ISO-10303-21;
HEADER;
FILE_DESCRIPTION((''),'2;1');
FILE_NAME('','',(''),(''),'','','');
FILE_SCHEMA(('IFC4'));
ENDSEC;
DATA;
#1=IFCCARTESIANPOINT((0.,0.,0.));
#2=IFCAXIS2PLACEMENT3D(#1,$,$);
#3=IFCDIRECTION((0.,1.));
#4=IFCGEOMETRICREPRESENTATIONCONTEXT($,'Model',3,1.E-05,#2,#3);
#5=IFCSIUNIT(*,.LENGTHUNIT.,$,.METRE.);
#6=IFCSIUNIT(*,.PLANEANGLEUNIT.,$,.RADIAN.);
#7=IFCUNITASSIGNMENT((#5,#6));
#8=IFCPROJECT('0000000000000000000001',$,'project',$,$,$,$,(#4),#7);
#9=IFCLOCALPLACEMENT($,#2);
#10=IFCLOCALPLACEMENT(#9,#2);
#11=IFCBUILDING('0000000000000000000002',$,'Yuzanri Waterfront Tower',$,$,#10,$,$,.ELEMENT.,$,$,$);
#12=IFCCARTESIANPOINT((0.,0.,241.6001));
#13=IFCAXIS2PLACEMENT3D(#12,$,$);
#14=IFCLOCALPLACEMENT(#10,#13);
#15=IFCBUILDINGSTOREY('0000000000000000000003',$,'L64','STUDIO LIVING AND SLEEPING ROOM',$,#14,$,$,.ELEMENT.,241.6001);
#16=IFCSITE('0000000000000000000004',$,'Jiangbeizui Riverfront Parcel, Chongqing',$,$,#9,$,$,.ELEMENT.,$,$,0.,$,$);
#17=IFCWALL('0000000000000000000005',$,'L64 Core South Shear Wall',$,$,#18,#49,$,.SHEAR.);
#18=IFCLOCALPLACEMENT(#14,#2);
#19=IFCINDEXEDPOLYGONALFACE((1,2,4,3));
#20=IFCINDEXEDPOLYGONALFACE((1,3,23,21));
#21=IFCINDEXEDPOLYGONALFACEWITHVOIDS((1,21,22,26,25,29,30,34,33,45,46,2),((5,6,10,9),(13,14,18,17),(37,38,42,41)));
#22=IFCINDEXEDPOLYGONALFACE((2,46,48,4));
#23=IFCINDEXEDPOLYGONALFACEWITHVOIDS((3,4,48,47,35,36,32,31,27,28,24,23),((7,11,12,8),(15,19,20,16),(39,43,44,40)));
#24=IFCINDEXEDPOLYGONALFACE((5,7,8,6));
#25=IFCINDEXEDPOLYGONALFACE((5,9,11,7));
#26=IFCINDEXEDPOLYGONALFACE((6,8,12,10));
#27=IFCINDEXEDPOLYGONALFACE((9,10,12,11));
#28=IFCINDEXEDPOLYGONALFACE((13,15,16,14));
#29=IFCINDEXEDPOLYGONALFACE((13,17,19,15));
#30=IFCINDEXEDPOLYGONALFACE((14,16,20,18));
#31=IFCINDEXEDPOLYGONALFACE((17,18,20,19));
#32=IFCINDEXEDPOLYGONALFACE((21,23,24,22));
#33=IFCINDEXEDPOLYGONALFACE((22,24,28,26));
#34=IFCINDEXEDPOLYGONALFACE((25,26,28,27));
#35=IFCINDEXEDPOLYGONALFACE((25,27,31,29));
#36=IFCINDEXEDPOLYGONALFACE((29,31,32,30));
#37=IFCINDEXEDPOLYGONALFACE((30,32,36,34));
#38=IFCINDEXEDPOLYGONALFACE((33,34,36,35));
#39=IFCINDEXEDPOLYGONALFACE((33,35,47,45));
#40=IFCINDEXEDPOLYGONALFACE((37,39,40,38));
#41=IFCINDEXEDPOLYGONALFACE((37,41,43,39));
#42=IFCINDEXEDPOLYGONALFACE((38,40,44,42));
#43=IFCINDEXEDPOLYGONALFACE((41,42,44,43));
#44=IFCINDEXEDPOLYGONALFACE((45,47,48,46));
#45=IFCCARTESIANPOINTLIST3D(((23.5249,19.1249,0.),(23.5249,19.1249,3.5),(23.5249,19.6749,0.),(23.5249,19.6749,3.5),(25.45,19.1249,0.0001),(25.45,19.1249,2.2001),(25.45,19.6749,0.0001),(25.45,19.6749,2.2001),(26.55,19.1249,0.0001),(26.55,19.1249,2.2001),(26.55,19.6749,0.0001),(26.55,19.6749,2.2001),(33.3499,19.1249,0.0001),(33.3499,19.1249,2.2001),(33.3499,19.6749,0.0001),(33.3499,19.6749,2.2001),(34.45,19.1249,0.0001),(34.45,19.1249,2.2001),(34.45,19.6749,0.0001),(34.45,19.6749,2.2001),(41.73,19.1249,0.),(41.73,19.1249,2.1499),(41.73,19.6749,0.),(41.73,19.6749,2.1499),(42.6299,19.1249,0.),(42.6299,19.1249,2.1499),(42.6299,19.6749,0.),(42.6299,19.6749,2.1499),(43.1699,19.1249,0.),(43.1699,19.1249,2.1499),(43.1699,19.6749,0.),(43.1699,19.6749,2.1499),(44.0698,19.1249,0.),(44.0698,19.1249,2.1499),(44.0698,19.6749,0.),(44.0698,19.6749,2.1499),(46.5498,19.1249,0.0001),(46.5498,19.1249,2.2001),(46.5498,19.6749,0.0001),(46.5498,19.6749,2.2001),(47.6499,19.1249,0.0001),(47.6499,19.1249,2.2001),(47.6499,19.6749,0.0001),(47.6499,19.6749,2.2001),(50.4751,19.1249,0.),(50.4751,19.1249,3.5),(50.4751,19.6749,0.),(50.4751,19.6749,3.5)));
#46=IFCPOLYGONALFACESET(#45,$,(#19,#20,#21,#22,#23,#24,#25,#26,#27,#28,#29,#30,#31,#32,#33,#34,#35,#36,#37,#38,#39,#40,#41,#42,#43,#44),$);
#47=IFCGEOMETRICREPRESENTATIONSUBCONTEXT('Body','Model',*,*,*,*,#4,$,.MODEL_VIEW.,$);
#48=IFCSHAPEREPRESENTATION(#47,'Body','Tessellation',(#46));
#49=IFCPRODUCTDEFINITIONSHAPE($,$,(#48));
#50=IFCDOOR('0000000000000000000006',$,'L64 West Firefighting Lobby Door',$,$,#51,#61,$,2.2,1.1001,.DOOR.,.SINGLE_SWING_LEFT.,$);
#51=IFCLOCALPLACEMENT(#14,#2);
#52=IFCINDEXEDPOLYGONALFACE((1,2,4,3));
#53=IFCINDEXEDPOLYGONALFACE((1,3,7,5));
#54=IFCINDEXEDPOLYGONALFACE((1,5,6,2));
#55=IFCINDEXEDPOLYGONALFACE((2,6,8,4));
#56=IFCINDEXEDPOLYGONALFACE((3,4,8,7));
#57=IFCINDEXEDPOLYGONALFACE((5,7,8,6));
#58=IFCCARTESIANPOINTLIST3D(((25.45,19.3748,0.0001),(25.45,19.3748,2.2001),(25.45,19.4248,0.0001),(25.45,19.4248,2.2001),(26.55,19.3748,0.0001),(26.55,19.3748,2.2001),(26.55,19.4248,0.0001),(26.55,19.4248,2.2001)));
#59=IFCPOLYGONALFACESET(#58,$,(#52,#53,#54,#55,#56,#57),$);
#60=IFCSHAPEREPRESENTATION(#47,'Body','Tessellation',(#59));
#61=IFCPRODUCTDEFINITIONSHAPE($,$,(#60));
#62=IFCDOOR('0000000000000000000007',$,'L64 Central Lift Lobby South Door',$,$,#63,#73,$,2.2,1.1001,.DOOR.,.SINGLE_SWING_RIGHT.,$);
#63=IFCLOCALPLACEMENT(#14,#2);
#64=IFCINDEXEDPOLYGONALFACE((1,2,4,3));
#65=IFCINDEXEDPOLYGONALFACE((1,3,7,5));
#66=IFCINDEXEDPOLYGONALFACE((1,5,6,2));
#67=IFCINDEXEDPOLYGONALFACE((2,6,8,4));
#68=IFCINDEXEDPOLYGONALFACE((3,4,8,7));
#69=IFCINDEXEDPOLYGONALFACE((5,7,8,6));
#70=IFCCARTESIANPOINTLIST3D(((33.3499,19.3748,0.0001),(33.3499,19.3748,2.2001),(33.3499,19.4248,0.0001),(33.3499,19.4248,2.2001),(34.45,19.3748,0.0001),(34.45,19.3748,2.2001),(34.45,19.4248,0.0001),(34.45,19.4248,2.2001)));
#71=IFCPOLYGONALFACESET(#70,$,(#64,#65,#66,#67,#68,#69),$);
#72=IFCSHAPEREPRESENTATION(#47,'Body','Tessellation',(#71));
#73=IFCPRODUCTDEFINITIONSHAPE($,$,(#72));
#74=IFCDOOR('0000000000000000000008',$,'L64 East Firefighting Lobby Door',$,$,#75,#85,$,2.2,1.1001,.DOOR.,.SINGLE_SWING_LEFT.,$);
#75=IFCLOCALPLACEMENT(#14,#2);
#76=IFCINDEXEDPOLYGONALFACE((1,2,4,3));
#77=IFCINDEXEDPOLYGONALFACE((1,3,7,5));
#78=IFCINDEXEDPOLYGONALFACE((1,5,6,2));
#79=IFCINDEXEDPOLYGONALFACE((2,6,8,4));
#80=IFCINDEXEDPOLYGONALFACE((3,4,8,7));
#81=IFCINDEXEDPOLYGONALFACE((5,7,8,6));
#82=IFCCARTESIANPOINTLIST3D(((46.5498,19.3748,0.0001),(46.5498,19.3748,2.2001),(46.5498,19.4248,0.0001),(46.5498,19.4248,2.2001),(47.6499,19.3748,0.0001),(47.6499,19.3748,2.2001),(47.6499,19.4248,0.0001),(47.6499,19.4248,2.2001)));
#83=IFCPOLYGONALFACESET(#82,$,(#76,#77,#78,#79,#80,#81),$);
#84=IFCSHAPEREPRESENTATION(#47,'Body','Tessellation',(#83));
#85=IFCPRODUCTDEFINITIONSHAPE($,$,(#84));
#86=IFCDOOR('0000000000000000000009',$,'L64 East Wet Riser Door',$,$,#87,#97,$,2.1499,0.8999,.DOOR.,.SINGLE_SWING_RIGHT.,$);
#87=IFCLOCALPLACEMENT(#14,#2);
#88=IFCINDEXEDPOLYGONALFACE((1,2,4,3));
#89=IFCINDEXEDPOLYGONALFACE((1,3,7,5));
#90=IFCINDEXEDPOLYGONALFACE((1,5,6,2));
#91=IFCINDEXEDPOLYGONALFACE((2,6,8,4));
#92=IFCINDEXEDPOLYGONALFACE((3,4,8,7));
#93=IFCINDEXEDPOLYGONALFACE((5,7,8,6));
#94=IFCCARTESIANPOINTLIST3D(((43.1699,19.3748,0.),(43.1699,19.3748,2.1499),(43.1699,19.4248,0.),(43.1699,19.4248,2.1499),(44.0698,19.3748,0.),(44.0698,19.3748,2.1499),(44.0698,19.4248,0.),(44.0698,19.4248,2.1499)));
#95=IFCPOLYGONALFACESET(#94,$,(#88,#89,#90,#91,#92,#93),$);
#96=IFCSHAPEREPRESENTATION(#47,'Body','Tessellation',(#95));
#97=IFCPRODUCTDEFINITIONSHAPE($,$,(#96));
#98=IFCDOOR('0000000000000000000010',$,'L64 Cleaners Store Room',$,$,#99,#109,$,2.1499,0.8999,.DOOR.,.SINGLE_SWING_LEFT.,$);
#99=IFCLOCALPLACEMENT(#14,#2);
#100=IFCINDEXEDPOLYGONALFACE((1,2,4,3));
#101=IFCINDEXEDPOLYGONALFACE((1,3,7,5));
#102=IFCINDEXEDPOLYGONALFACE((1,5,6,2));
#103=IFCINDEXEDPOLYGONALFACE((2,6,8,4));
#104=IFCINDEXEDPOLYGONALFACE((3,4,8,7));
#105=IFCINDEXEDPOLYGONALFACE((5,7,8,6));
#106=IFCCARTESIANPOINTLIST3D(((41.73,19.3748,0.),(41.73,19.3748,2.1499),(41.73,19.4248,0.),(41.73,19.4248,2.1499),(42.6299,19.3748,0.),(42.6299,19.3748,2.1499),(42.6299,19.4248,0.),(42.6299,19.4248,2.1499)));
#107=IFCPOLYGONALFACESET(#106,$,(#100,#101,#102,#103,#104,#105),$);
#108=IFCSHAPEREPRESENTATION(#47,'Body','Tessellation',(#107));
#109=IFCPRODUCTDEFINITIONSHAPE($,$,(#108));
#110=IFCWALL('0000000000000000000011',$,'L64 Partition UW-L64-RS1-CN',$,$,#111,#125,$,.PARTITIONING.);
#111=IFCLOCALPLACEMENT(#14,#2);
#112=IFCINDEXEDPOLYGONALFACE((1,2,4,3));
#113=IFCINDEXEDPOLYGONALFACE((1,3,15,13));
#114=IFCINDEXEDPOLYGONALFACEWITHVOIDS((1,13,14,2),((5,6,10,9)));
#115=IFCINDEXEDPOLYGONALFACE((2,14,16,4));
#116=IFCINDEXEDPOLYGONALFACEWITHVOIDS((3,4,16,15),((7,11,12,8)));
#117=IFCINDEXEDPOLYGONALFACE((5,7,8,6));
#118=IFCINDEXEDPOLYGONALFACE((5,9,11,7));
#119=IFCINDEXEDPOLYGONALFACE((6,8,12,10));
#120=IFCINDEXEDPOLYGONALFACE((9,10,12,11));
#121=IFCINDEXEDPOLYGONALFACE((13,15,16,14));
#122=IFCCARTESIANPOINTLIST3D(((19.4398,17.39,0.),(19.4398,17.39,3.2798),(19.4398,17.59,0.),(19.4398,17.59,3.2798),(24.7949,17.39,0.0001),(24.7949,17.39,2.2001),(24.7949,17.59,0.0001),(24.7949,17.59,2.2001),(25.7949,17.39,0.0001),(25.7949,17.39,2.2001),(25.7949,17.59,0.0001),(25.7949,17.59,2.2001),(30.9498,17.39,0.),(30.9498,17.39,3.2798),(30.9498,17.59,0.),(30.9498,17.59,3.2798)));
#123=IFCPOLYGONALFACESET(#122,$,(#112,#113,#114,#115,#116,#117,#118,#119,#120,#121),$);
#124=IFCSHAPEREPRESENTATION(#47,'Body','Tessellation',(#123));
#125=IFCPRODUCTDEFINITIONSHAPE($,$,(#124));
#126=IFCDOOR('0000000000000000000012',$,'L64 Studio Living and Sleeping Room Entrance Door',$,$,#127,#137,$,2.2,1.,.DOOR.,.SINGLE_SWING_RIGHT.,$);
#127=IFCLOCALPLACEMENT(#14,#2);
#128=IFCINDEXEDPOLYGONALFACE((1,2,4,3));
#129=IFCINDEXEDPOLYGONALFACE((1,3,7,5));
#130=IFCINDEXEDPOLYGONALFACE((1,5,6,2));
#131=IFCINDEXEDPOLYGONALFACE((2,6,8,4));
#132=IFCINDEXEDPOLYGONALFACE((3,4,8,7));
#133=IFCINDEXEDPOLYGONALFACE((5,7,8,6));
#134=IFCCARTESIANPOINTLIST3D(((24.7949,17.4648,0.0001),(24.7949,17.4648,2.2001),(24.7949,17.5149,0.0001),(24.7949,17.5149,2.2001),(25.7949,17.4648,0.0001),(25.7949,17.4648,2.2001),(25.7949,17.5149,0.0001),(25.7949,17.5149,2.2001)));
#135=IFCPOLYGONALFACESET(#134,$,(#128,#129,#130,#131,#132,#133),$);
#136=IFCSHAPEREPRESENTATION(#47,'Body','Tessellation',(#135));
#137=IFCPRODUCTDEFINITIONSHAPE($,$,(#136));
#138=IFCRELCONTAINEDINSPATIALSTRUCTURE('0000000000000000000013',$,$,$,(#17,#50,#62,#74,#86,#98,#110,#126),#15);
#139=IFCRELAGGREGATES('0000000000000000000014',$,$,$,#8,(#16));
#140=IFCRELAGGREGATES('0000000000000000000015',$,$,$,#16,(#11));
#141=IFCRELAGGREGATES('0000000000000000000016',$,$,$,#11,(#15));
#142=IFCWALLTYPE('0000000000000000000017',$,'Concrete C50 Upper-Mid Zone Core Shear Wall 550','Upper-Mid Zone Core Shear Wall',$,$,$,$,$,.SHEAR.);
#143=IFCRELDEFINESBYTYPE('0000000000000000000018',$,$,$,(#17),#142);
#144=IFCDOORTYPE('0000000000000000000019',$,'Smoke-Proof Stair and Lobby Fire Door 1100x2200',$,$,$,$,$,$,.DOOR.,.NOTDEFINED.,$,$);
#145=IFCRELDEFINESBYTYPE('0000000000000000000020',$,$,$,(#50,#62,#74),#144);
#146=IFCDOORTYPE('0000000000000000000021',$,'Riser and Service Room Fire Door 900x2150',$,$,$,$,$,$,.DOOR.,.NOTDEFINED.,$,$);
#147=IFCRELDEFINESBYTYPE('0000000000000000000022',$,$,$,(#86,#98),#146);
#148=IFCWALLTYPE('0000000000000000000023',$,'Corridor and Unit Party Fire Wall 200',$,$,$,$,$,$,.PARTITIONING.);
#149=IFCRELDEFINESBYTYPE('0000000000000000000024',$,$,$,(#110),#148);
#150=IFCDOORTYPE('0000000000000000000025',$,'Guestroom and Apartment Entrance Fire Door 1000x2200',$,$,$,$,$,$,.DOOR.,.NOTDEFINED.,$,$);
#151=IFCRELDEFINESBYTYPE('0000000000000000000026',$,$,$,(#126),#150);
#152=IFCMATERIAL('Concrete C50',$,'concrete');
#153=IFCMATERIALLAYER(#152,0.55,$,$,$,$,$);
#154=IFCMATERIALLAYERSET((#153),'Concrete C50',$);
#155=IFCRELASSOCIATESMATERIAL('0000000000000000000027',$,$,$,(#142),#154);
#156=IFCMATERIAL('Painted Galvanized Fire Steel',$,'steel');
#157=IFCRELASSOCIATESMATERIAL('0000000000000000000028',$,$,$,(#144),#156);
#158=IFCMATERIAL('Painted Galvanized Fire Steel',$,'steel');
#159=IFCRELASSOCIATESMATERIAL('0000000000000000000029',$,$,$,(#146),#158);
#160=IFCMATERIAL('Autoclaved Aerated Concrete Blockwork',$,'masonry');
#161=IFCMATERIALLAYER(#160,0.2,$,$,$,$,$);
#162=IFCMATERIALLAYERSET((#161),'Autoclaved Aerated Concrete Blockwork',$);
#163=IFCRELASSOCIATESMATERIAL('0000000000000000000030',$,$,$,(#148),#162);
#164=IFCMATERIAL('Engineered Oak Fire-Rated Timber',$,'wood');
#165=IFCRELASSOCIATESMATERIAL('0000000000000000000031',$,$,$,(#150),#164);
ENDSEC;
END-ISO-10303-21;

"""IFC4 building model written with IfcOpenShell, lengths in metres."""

from ifc_helpers import new_model, si_unit, direction, frame, frame_2d, origin, place, context, subcontext, project, spatial, rectangle, extrude, source, transform, mapped, material, layer, layer_set, type_object, element, fill, save


model = new_model("IFC4")

# Units and contexts
model_context = context("Model", 3, precision=1e-05, world=origin(), true_north=direction((0.0, 1.0)))
body_context = subcontext(model_context, "Body", "Model", "MODEL_VIEW")
ifc_project = project(units=[si_unit("LENGTHUNIT", "METRE"), si_unit("PLANEANGLEUNIT", "RADIAN")], contexts=[model_context])

# Site, building, storey
site_placement = place(None, origin())
site = spatial("IfcSite", under=ifc_project, at=site_placement, Name="Jiangbeizui Riverfront Parcel, Chongqing", CompositionType="ELEMENT", RefElevation=0.0)
building_placement = place(site_placement, origin())
building = spatial("IfcBuilding", under=site, at=building_placement, Name="Yuzanri Waterfront Tower", CompositionType="ELEMENT")
storey_placement = place(building_placement, frame((0.0, 0.0, 241.6001)))
storey = spatial("IfcBuildingStorey", under=building, at=storey_placement, Name="L64", Description="STUDIO LIVING AND SLEEPING ROOM", CompositionType="ELEMENT", Elevation=241.6001)

# Wall, openings, doors
ifc_material_1 = material(Name="Concrete C50", Category="concrete")
ifc_layer_1 = layer(ifc_material_1, 0.55)
ifc_layer_set_1 = layer_set([ifc_layer_1], Name="Concrete C50")
wall_type_1 = type_object("IfcWallType", Name="Concrete C50 Upper-Mid Zone Core Shear Wall 550", Description="Upper-Mid Zone Core Shear Wall", PredefinedType="SHEAR", material=ifc_layer_set_1)
wall_1_placement = place(storey_placement, frame((23.5249, 19.3999, 0.0), z_axis=(0.0, 0.0, 1.0), x_axis=(1.0, 0.0, 0.0)))
wall_1 = element("IfcWall", 1, at=wall_1_placement, inside=storey, type_object=wall_type_1, Name="L64 Core South Shear Wall", PredefinedType="SHEAR", context=body_context, shape_type="SweptSolid", body=[
    extrude(rectangle(XDim=26.9502, YDim=0.55, at=frame_2d((13.4751, 0.0))), origin(), (0.0, 0.0, 1.0), 3.5),
])
opening_1_placement = place(wall_1_placement, frame((1.925, 0.0, 0.0)))
opening_1 = element("IfcOpeningElement", 2, at=opening_1_placement, cuts=wall_1, PredefinedType="OPENING", context=body_context, shape_type="SweptSolid", body=[
    extrude(rectangle(XDim=1.1001, YDim=2.2, at=frame_2d((0.55, 1.1001))), frame((0.0, 0.29, 0.0), z_axis=(0.0, -1.0, 0.0), x_axis=(1.0, 0.0, 0.0)), (0.0, 0.0, 1.0), 0.5798),
])
opening_2_placement = place(wall_1_placement, frame((9.825, 0.0, 0.0)))
opening_2 = element("IfcOpeningElement", 3, at=opening_2_placement, cuts=wall_1, PredefinedType="OPENING", context=body_context, shape_type="SweptSolid", body=[
    extrude(rectangle(XDim=1.1001, YDim=2.2, at=frame_2d((0.55, 1.1001))), frame((0.0, 0.29, 0.0), z_axis=(0.0, -1.0, 0.0), x_axis=(1.0, 0.0, 0.0)), (0.0, 0.0, 1.0), 0.5798),
])
opening_3_placement = place(wall_1_placement, frame((23.0249, 0.0, 0.0)))
opening_3 = element("IfcOpeningElement", 4, at=opening_3_placement, cuts=wall_1, PredefinedType="OPENING", context=body_context, shape_type="SweptSolid", body=[
    extrude(rectangle(XDim=1.1001, YDim=2.2, at=frame_2d((0.55, 1.1001))), frame((0.0, 0.29, 0.0), z_axis=(0.0, -1.0, 0.0), x_axis=(1.0, 0.0, 0.0)), (0.0, 0.0, 1.0), 0.5798),
])
opening_4_placement = place(wall_1_placement, frame((19.645, 0.0, 0.0)))
opening_4 = element("IfcOpeningElement", 5, at=opening_4_placement, cuts=wall_1, PredefinedType="OPENING", context=body_context, shape_type="SweptSolid", body=[
    extrude(rectangle(XDim=0.8999, YDim=2.1499, at=frame_2d((0.45, 1.075))), frame((0.0, 0.29, 0.0), z_axis=(0.0, -1.0, 0.0), x_axis=(1.0, 0.0, 0.0)), (0.0, 0.0, 1.0), 0.5798),
])
opening_5_placement = place(wall_1_placement, frame((18.2051, 0.0, 0.0)))
opening_5 = element("IfcOpeningElement", 6, at=opening_5_placement, cuts=wall_1, PredefinedType="OPENING", context=body_context, shape_type="SweptSolid", body=[
    extrude(rectangle(XDim=0.8999, YDim=2.1499, at=frame_2d((0.45, 1.075))), frame((0.0, 0.29, 0.0), z_axis=(0.0, -1.0, 0.0), x_axis=(1.0, 0.0, 0.0)), (0.0, 0.0, 1.0), 0.5798),
])
ifc_material_2 = material(Name="Painted Galvanized Fire Steel", Category="steel")
door_type_1 = type_object("IfcDoorType", Name="Smoke-Proof Stair and Lobby Fire Door 1100x2200", OperationType="NOTDEFINED", PredefinedType="DOOR", material=ifc_material_2)
shared_shape_1 = source(origin(), body_context, "Body", "SweptSolid", [
    extrude(rectangle(XDim=1.1001, YDim=2.2, at=frame_2d((0.55, 1.1001))), frame((0.0, 0.0249, 0.0), z_axis=(0.0, -1.0, 0.0), x_axis=(1.0, 0.0, 0.0)), (0.0, 0.0, 1.0), 0.05),
])
door_1_placement = place(opening_1_placement, origin())
door_1 = element("IfcDoor", 7, at=door_1_placement, inside=storey, type_object=door_type_1, Name="L64 West Firefighting Lobby Door", OperationType="SINGLE_SWING_LEFT", OverallHeight=2.2, OverallWidth=1.1001, PredefinedType="DOOR", context=body_context, shape_type="MappedRepresentation", body=[
    mapped(shared_shape_1, transform((0.0, 0.0, 0.0), scale=1.0)),
])
fill(opening_1, door_1)
door_2_placement = place(opening_2_placement, origin())
door_2 = element("IfcDoor", 8, at=door_2_placement, inside=storey, type_object=door_type_1, Name="L64 Central Lift Lobby South Door", OperationType="SINGLE_SWING_RIGHT", OverallHeight=2.2, OverallWidth=1.1001, PredefinedType="DOOR", context=body_context, shape_type="MappedRepresentation", body=[
    mapped(shared_shape_1, transform((0.0, 0.0, 0.0), scale=1.0)),
])
fill(opening_2, door_2)
door_3_placement = place(opening_3_placement, origin())
door_3 = element("IfcDoor", 9, at=door_3_placement, inside=storey, type_object=door_type_1, Name="L64 East Firefighting Lobby Door", OperationType="SINGLE_SWING_LEFT", OverallHeight=2.2, OverallWidth=1.1001, PredefinedType="DOOR", context=body_context, shape_type="MappedRepresentation", body=[
    mapped(shared_shape_1, transform((0.0, 0.0, 0.0), scale=1.0)),
])
fill(opening_3, door_3)
ifc_material_3 = material(Name="Painted Galvanized Fire Steel", Category="steel")
door_type_2 = type_object("IfcDoorType", Name="Riser and Service Room Fire Door 900x2150", OperationType="NOTDEFINED", PredefinedType="DOOR", material=ifc_material_3)
shared_shape_2 = source(origin(), body_context, "Body", "SweptSolid", [
    extrude(rectangle(XDim=0.8999, YDim=2.1499, at=frame_2d((0.45, 1.075))), frame((0.0, 0.0249, 0.0), z_axis=(0.0, -1.0, 0.0), x_axis=(1.0, 0.0, 0.0)), (0.0, 0.0, 1.0), 0.05),
])
door_4_placement = place(opening_4_placement, origin())
door_4 = element("IfcDoor", 10, at=door_4_placement, inside=storey, type_object=door_type_2, Name="L64 East Wet Riser Door", OperationType="SINGLE_SWING_RIGHT", OverallHeight=2.1499, OverallWidth=0.8999, PredefinedType="DOOR", context=body_context, shape_type="MappedRepresentation", body=[
    mapped(shared_shape_2, transform((0.0, 0.0, 0.0), scale=1.0)),
])
fill(opening_4, door_4)
door_5_placement = place(opening_5_placement, origin())
door_5 = element("IfcDoor", 11, at=door_5_placement, inside=storey, type_object=door_type_2, Name="L64 Cleaners Store Room", OperationType="SINGLE_SWING_LEFT", OverallHeight=2.1499, OverallWidth=0.8999, PredefinedType="DOOR", context=body_context, shape_type="MappedRepresentation", body=[
    mapped(shared_shape_2, transform((0.0, 0.0, 0.0), scale=1.0)),
])
fill(opening_5, door_5)

# Wall, opening, door
ifc_material_4 = material(Name="Autoclaved Aerated Concrete Blockwork", Category="masonry")
ifc_layer_2 = layer(ifc_material_4, 0.2)
ifc_layer_set_2 = layer_set([ifc_layer_2], Name="Autoclaved Aerated Concrete Blockwork")
wall_type_2 = type_object("IfcWallType", Name="Corridor and Unit Party Fire Wall 200", PredefinedType="PARTITIONING", material=ifc_layer_set_2)
wall_2_placement = place(storey_placement, frame((19.4399, 17.49, 0.0), z_axis=(0.0, 0.0, 1.0), x_axis=(1.0, 0.0, 0.0)))
wall_2 = element("IfcWall", 12, at=wall_2_placement, inside=storey, type_object=wall_type_2, Name="L64 Partition UW-L64-RS1-CN", PredefinedType="PARTITIONING", context=body_context, shape_type="SweptSolid", body=[
    extrude(rectangle(XDim=11.51, YDim=0.2, at=frame_2d((5.7549, 0.0))), origin(), (0.0, 0.0, 1.0), 3.2798),
])
opening_6_placement = place(wall_2_placement, frame((5.355, 0.0, 0.0)))
opening_6 = element("IfcOpeningElement", 13, at=opening_6_placement, cuts=wall_2, PredefinedType="OPENING", context=body_context, shape_type="SweptSolid", body=[
    extrude(rectangle(XDim=1.0, YDim=2.2, at=frame_2d((0.5, 1.1001))), frame((0.0, 0.1147, 0.0), z_axis=(0.0, -1.0, 0.0), x_axis=(1.0, 0.0, 0.0)), (0.0, 0.0, 1.0), 0.2297),
])
ifc_material_5 = material(Name="Engineered Oak Fire-Rated Timber", Category="wood")
door_type_3 = type_object("IfcDoorType", Name="Guestroom and Apartment Entrance Fire Door 1000x2200", OperationType="NOTDEFINED", PredefinedType="DOOR", material=ifc_material_5)
shared_shape_3 = source(origin(), body_context, "Body", "SweptSolid", [
    extrude(rectangle(XDim=1.0, YDim=2.2, at=frame_2d((0.5, 1.1001))), frame((0.0, 0.0249, 0.0), z_axis=(0.0, -1.0, 0.0), x_axis=(1.0, 0.0, 0.0)), (0.0, 0.0, 1.0), 0.05),
])
door_6_placement = place(opening_6_placement, origin())
door_6 = element("IfcDoor", 14, at=door_6_placement, inside=storey, type_object=door_type_3, Name="L64 Studio Living and Sleeping Room Entrance Door", OperationType="SINGLE_SWING_RIGHT", OverallHeight=2.2, OverallWidth=1.0, PredefinedType="DOOR", context=body_context, shape_type="MappedRepresentation", body=[
    mapped(shared_shape_3, transform((0.0, 0.0, 0.0), scale=1.0)),
])
fill(opening_6, door_6)

save(model, "model.ifc")
